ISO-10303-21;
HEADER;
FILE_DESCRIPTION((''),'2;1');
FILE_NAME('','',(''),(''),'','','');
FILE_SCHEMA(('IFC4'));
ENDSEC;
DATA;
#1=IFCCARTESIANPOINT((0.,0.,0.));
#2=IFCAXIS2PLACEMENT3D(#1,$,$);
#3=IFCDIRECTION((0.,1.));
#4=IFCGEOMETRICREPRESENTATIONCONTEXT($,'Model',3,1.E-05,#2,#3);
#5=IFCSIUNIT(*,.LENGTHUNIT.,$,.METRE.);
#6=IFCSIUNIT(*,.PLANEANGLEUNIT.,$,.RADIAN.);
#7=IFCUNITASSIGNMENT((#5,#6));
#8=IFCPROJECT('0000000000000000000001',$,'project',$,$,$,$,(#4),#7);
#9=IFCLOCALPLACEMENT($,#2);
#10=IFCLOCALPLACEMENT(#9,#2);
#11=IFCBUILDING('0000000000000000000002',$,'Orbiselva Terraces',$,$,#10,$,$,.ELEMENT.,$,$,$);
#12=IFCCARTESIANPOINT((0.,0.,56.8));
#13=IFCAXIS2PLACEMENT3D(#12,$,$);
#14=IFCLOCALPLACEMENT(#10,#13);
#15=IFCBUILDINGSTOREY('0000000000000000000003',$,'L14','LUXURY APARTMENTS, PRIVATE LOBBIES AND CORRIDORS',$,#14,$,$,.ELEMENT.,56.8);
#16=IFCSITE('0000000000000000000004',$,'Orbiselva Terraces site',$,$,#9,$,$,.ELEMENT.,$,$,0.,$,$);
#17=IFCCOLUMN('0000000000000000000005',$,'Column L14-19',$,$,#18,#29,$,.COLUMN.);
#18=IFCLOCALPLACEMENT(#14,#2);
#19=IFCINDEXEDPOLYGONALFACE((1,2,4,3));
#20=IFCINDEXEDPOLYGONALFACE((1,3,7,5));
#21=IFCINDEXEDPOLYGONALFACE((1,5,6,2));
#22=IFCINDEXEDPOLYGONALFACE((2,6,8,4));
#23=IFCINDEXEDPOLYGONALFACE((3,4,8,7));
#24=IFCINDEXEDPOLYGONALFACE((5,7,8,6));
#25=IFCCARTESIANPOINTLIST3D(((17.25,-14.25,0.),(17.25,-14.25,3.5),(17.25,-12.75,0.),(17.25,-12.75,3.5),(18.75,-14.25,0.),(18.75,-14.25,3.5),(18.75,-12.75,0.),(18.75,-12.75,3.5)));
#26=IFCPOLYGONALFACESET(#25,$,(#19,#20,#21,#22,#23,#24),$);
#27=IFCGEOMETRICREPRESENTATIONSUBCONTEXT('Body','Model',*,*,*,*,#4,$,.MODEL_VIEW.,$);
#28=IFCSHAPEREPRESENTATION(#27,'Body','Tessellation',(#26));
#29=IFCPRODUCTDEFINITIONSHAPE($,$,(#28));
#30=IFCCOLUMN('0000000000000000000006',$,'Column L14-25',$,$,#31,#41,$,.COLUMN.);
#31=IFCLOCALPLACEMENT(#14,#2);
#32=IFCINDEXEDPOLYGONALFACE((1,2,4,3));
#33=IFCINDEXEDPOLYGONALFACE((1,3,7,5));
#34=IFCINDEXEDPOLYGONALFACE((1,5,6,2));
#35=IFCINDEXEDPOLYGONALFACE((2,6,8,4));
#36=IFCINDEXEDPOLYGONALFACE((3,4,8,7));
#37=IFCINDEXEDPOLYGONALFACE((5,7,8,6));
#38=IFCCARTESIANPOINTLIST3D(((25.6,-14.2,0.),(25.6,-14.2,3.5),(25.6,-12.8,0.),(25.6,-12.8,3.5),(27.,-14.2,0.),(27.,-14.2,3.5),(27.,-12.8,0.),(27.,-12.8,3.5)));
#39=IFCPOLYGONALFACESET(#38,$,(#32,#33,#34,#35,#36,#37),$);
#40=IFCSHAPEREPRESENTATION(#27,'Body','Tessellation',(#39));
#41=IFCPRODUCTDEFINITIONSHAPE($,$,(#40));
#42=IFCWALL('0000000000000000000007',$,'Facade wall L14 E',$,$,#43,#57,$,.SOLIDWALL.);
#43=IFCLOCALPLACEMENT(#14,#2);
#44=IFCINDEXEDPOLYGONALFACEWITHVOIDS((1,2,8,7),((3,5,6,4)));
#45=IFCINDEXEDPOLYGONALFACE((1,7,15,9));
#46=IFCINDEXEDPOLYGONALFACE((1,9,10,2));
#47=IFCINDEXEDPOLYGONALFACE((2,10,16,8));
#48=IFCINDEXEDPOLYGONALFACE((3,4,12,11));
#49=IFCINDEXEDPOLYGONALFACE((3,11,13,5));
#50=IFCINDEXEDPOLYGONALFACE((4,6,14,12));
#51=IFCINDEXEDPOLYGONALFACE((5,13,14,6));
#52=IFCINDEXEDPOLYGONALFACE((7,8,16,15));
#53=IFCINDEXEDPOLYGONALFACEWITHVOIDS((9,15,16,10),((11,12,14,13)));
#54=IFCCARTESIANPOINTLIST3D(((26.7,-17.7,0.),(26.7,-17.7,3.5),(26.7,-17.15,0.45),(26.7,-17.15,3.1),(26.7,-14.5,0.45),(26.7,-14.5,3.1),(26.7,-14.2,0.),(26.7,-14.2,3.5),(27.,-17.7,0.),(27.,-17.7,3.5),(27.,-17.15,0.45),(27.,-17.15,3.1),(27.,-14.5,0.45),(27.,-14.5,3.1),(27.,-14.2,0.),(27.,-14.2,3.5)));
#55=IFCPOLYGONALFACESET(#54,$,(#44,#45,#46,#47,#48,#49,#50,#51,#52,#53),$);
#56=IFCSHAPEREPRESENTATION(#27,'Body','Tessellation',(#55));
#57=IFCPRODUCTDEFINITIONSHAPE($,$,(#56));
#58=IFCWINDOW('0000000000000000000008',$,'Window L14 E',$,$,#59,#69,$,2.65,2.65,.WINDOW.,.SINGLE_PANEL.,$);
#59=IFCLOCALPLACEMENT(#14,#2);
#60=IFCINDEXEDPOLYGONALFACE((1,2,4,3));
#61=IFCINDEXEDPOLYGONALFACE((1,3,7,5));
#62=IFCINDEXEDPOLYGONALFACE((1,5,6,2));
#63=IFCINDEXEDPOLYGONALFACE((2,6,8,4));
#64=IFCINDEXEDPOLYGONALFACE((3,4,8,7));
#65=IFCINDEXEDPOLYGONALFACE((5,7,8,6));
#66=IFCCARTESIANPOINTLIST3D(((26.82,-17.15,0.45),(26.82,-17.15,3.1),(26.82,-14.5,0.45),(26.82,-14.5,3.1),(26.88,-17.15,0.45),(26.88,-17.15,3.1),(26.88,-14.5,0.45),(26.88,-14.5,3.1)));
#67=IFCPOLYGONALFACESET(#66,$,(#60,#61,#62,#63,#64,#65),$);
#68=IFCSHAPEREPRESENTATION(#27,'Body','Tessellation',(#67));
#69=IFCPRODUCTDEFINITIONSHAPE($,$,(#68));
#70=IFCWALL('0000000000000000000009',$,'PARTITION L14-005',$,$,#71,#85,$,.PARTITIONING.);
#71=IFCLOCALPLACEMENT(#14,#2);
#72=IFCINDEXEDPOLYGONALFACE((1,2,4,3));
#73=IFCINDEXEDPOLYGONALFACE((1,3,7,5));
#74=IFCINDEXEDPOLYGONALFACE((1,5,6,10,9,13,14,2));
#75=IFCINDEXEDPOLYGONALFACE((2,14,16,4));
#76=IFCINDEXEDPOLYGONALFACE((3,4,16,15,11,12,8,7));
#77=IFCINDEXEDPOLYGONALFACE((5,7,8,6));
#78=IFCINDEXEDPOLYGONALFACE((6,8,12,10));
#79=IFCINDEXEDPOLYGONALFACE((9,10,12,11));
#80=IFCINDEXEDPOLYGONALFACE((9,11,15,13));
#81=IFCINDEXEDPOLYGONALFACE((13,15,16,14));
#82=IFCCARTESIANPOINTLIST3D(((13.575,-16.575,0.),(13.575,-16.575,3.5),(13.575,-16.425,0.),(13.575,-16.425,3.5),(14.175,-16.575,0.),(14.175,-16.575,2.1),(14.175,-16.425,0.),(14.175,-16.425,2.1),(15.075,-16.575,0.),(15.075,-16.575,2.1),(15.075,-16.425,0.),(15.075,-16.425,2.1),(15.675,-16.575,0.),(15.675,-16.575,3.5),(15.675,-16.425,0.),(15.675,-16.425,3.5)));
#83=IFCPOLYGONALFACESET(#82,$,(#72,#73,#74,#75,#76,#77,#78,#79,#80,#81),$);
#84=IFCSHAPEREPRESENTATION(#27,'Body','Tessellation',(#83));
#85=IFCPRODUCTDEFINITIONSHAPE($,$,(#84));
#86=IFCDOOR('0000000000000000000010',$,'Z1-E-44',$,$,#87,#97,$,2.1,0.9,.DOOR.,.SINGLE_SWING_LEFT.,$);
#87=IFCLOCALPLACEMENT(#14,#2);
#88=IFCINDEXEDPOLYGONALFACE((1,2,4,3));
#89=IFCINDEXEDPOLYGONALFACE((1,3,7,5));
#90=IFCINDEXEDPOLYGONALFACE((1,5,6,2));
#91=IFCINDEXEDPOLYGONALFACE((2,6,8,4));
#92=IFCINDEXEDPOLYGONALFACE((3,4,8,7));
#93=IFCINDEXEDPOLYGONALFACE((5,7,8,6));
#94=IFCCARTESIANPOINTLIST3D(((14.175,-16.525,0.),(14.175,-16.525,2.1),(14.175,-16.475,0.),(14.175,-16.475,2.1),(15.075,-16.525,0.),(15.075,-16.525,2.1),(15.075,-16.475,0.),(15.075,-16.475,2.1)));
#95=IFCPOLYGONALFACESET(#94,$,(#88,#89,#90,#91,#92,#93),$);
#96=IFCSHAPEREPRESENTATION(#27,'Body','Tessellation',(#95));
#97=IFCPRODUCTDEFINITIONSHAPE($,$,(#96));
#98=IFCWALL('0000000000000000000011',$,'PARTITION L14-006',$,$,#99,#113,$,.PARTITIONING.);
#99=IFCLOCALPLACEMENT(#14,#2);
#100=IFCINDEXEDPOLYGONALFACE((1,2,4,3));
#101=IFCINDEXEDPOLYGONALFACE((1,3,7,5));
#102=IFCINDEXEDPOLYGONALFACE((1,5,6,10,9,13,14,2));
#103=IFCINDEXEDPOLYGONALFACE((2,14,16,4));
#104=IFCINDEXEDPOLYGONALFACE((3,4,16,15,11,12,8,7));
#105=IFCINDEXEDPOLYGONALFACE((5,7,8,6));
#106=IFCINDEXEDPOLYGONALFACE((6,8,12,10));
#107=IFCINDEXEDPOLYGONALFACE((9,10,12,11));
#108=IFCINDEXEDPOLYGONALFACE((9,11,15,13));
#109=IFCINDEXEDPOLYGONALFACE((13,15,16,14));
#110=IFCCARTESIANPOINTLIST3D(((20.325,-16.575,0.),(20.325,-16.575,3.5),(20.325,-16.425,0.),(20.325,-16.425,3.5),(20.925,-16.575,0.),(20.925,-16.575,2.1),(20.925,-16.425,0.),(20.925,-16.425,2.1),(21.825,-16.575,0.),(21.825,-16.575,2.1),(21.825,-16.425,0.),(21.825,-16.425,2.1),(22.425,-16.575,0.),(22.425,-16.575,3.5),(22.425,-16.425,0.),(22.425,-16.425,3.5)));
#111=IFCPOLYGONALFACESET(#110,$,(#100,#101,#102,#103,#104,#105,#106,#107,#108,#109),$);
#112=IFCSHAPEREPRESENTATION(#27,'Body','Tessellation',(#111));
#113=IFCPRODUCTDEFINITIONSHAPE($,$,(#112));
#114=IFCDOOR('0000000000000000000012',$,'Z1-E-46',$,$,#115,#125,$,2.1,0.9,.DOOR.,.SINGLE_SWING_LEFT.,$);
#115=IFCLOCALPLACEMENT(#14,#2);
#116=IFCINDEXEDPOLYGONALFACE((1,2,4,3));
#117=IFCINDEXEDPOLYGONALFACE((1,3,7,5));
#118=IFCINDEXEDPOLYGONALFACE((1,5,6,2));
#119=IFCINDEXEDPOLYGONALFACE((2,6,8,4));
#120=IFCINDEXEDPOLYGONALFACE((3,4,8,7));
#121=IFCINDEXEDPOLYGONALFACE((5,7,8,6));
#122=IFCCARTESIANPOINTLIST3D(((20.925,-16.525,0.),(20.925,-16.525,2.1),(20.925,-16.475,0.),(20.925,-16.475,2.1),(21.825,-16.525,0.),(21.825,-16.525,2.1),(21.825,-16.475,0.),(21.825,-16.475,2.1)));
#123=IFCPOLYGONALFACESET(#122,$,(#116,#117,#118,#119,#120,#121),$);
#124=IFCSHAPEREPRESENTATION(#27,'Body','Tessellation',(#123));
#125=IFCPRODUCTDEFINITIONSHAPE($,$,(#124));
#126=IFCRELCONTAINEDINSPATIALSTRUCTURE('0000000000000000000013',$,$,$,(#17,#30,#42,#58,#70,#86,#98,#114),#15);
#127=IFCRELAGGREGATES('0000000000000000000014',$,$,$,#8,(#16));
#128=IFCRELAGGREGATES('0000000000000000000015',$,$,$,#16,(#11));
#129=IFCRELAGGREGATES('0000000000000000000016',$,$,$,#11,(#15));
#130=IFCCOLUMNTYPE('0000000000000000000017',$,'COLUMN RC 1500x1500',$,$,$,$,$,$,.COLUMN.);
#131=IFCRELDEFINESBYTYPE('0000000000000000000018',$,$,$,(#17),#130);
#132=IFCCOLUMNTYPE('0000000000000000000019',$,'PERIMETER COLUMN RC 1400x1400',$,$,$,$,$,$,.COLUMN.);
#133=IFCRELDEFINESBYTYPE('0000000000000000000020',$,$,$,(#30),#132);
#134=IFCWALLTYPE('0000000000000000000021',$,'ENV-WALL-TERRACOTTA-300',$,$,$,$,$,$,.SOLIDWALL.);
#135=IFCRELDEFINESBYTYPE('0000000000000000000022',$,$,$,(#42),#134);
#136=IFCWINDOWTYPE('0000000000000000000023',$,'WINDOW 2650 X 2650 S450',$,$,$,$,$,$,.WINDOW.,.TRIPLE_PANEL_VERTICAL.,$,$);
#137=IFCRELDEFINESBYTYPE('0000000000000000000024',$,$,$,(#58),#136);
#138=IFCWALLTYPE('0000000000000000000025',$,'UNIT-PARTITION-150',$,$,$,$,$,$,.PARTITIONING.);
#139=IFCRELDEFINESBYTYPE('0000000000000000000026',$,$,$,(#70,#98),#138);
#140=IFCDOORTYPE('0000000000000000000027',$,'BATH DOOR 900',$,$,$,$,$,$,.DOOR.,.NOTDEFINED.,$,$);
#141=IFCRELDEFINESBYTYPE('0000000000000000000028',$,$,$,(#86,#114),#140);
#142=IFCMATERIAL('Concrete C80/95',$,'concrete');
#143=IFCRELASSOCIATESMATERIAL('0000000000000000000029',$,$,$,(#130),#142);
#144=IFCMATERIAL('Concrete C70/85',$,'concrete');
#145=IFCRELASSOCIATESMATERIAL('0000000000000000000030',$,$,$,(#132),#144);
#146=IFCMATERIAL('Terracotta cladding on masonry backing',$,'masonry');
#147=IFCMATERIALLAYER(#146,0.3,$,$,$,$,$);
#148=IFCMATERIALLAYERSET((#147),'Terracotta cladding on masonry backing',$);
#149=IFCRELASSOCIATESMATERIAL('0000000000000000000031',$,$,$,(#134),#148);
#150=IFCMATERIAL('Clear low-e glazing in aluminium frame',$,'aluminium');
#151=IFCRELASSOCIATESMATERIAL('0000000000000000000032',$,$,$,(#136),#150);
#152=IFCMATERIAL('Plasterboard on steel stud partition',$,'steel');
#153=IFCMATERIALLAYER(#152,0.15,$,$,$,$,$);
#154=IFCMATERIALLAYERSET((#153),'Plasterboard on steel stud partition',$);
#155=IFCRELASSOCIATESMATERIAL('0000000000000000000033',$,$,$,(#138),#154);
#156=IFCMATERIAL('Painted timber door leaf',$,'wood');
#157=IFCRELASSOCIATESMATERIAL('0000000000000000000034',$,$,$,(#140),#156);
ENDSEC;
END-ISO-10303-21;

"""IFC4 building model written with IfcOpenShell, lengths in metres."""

from ifc_helpers import new_model, si_unit, direction, frame, frame_2d, origin, origin_2d, place, context, subcontext, project, spatial, rectangle, extrude, material, layer, layer_set, material_profile, profile_set, type_object, element, fill, save


model = new_model("IFC4")

# Units and contexts
model_context = context("Model", 3, precision=1e-05, world=origin(), true_north=direction((0.0, 1.0)))
body_context = subcontext(model_context, "Body", "Model", "MODEL_VIEW")
ifc_project = project(units=[si_unit("LENGTHUNIT", "METRE"), si_unit("PLANEANGLEUNIT", "RADIAN")], contexts=[model_context])

# Site, building, storey
site_placement = place(None, origin())
site = spatial("IfcSite", under=ifc_project, at=site_placement, Name="Orbiselva Terraces site", CompositionType="ELEMENT", RefElevation=0.0)
building_placement = place(site_placement, origin())
building = spatial("IfcBuilding", under=site, at=building_placement, Name="Orbiselva Terraces", CompositionType="ELEMENT")
storey_placement = place(building_placement, frame((0.0, 0.0, 56.8)))
storey = spatial("IfcBuildingStorey", under=building, at=storey_placement, Name="L14", Description="LUXURY APARTMENTS, PRIVATE LOBBIES AND CORRIDORS", CompositionType="ELEMENT", Elevation=56.8)

# Columns
ifc_material_1 = material(Name="Concrete C80/95", Category="concrete")
ifc_material_profile_1 = material_profile(ifc_material_1, rectangle(XDim=1.5, YDim=1.5, at=origin_2d()), Name="RC 1500x1500")
ifc_profile_set_1 = profile_set([ifc_material_profile_1], Name="Concrete C80/95")
column_type_1 = type_object("IfcColumnType", Name="COLUMN RC 1500x1500", PredefinedType="COLUMN", material=ifc_profile_set_1)
column_1_placement = place(storey_placement, frame((18.0, -13.5, 0.0), z_axis=(0.0, 0.0, 1.0), x_axis=(1.0, 0.0, 0.0)))
element("IfcColumn", 1, at=column_1_placement, inside=storey, type_object=column_type_1, Name="Column L14-19", PredefinedType="COLUMN", context=body_context, shape_type="SweptSolid", body=[
    extrude(rectangle(XDim=1.5, YDim=1.5, at=origin_2d()), origin(), (0.0, 0.0, 1.0), 3.5),
])
ifc_material_2 = material(Name="Concrete C70/85", Category="concrete")
ifc_material_profile_2 = material_profile(ifc_material_2, rectangle(XDim=1.4, YDim=1.4, at=origin_2d()), Name="RC 1400x1400")
ifc_profile_set_2 = profile_set([ifc_material_profile_2], Name="Concrete C70/85")
column_type_2 = type_object("IfcColumnType", Name="PERIMETER COLUMN RC 1400x1400", PredefinedType="COLUMN", material=ifc_profile_set_2)
column_2_placement = place(storey_placement, frame((26.3, -13.5, 0.0), z_axis=(0.0, 0.0, 1.0), x_axis=(1.0, 0.0, 0.0)))
element("IfcColumn", 2, at=column_2_placement, inside=storey, type_object=column_type_2, Name="Column L14-25", PredefinedType="COLUMN", context=body_context, shape_type="SweptSolid", body=[
    extrude(rectangle(XDim=1.4, YDim=1.4, at=origin_2d()), origin(), (0.0, 0.0, 1.0), 3.5),
])

# Wall, opening, window
ifc_material_3 = material(Name="Terracotta cladding on masonry backing", Category="masonry")
ifc_layer_1 = layer(ifc_material_3, 0.3)
ifc_layer_set_1 = layer_set([ifc_layer_1], Name="Terracotta cladding on masonry backing")
wall_type_1 = type_object("IfcWallType", Name="ENV-WALL-TERRACOTTA-300", PredefinedType="SOLIDWALL", material=ifc_layer_set_1)
wall_1_placement = place(storey_placement, frame((26.85, -14.2, 0.0), z_axis=(0.0, 0.0, 1.0), x_axis=(0.0, -1.0, 0.0)))
wall_1 = element("IfcWall", 3, at=wall_1_placement, inside=storey, type_object=wall_type_1, Name="Facade wall L14 E", PredefinedType="SOLIDWALL", context=body_context, shape_type="SweptSolid", body=[
    extrude(rectangle(XDim=3.5, YDim=0.3, at=frame_2d((1.75, 0.0))), origin(), (0.0, 0.0, 1.0), 3.5),
])
opening_1_placement = place(wall_1_placement, frame((0.3, 0.0, 0.45)))
opening_1 = element("IfcOpeningElement", 4, at=opening_1_placement, cuts=wall_1, PredefinedType="OPENING", context=body_context, shape_type="SweptSolid", body=[
    extrude(rectangle(XDim=2.65, YDim=2.65, at=frame_2d((1.325, 1.325))), frame((0.0, 0.16, 0.0), z_axis=(0.0, -1.0, 0.0), x_axis=(1.0, 0.0, 0.0)), (0.0, 0.0, 1.0), 0.32),
])
ifc_material_4 = material(Name="Clear low-e glazing in aluminium frame", Category="aluminium")
window_type = type_object("IfcWindowType", Name="WINDOW 2650 X 2650 S450", PartitioningType="TRIPLE_PANEL_VERTICAL", PredefinedType="WINDOW", material=ifc_material_4)
window_placement = place(opening_1_placement, origin())
window = element("IfcWindow", 5, at=window_placement, inside=storey, type_object=window_type, Name="Window L14 E", OverallHeight=2.65, OverallWidth=2.65, PartitioningType="SINGLE_PANEL", PredefinedType="WINDOW", context=body_context, shape_type="SweptSolid", body=[
    extrude(rectangle(XDim=2.65, YDim=2.65, at=frame_2d((1.325, 1.325))), frame((0.0, 0.03, 0.0), z_axis=(0.0, -1.0, 0.0), x_axis=(1.0, 0.0, 0.0)), (0.0, 0.0, 1.0), 0.06),
])
fill(opening_1, window)

# Walls, openings, doors
ifc_material_5 = material(Name="Plasterboard on steel stud partition", Category="steel")
ifc_layer_2 = layer(ifc_material_5, 0.15)
ifc_layer_set_2 = layer_set([ifc_layer_2], Name="Plasterboard on steel stud partition")
wall_type_2 = type_object("IfcWallType", Name="UNIT-PARTITION-150", PredefinedType="PARTITIONING", material=ifc_layer_set_2)
wall_2_placement = place(storey_placement, frame((13.575, -16.5, 0.0), z_axis=(0.0, 0.0, 1.0), x_axis=(1.0, 0.0, 0.0)))
wall_2 = element("IfcWall", 6, at=wall_2_placement, inside=storey, type_object=wall_type_2, Name="PARTITION L14-005", PredefinedType="PARTITIONING", context=body_context, shape_type="SweptSolid", body=[
    extrude(rectangle(XDim=2.1, YDim=0.15, at=frame_2d((1.05, 0.0))), origin(), (0.0, 0.0, 1.0), 3.5),
])
opening_2_placement = place(wall_2_placement, frame((0.6, 0.0, 0.0)))
opening_2 = element("IfcOpeningElement", 7, at=opening_2_placement, cuts=wall_2, PredefinedType="OPENING", context=body_context, shape_type="SweptSolid", body=[
    extrude(rectangle(XDim=0.9, YDim=2.1, at=frame_2d((0.45, 1.05))), frame((0.0, 0.085, 0.0), z_axis=(0.0, -1.0, 0.0), x_axis=(1.0, 0.0, 0.0)), (0.0, 0.0, 1.0), 0.17),
])
ifc_material_6 = material(Name="Painted timber door leaf", Category="wood")
door_type_1 = type_object("IfcDoorType", Name="BATH DOOR 900", OperationType="NOTDEFINED", PredefinedType="DOOR", material=ifc_material_6)
door_1_placement = place(opening_2_placement, origin())
door_1 = element("IfcDoor", 8, at=door_1_placement, inside=storey, type_object=door_type_1, Name="Z1-E-44", OperationType="SINGLE_SWING_LEFT", OverallHeight=2.1, OverallWidth=0.9, PredefinedType="DOOR", context=body_context, shape_type="SweptSolid", body=[
    extrude(rectangle(XDim=0.9, YDim=2.1, at=frame_2d((0.45, 1.05))), frame((0.0, 0.025, 0.0), z_axis=(0.0, -1.0, 0.0), x_axis=(1.0, 0.0, 0.0)), (0.0, 0.0, 1.0), 0.05),
])
fill(opening_2, door_1)
wall_3_placement = place(storey_placement, frame((20.325, -16.5, 0.0), z_axis=(0.0, 0.0, 1.0), x_axis=(1.0, 0.0, 0.0)))
wall_3 = element("IfcWall", 9, at=wall_3_placement, inside=storey, type_object=wall_type_2, Name="PARTITION L14-006", PredefinedType="PARTITIONING", context=body_context, shape_type="SweptSolid", body=[
    extrude(rectangle(XDim=2.1, YDim=0.15, at=frame_2d((1.05, 0.0))), origin(), (0.0, 0.0, 1.0), 3.5),
])
opening_3_placement = place(wall_3_placement, frame((0.6, 0.0, 0.0)))
opening_3 = element("IfcOpeningElement", 10, at=opening_3_placement, cuts=wall_3, PredefinedType="OPENING", context=body_context, shape_type="SweptSolid", body=[
    extrude(rectangle(XDim=0.9, YDim=2.1, at=frame_2d((0.45, 1.05))), frame((0.0, 0.085, 0.0), z_axis=(0.0, -1.0, 0.0), x_axis=(1.0, 0.0, 0.0)), (0.0, 0.0, 1.0), 0.17),
])
door_2_placement = place(opening_3_placement, origin())
door_2 = element("IfcDoor", 11, at=door_2_placement, inside=storey, type_object=door_type_1, Name="Z1-E-46", OperationType="SINGLE_SWING_LEFT", OverallHeight=2.1, OverallWidth=0.9, PredefinedType="DOOR", context=body_context, shape_type="SweptSolid", body=[
    extrude(rectangle(XDim=0.9, YDim=2.1, at=frame_2d((0.45, 1.05))), frame((0.0, 0.025, 0.0), z_axis=(0.0, -1.0, 0.0), x_axis=(1.0, 0.0, 0.0)), (0.0, 0.0, 1.0), 0.05),
])
fill(opening_3, door_2)

save(model, "model.ifc")
